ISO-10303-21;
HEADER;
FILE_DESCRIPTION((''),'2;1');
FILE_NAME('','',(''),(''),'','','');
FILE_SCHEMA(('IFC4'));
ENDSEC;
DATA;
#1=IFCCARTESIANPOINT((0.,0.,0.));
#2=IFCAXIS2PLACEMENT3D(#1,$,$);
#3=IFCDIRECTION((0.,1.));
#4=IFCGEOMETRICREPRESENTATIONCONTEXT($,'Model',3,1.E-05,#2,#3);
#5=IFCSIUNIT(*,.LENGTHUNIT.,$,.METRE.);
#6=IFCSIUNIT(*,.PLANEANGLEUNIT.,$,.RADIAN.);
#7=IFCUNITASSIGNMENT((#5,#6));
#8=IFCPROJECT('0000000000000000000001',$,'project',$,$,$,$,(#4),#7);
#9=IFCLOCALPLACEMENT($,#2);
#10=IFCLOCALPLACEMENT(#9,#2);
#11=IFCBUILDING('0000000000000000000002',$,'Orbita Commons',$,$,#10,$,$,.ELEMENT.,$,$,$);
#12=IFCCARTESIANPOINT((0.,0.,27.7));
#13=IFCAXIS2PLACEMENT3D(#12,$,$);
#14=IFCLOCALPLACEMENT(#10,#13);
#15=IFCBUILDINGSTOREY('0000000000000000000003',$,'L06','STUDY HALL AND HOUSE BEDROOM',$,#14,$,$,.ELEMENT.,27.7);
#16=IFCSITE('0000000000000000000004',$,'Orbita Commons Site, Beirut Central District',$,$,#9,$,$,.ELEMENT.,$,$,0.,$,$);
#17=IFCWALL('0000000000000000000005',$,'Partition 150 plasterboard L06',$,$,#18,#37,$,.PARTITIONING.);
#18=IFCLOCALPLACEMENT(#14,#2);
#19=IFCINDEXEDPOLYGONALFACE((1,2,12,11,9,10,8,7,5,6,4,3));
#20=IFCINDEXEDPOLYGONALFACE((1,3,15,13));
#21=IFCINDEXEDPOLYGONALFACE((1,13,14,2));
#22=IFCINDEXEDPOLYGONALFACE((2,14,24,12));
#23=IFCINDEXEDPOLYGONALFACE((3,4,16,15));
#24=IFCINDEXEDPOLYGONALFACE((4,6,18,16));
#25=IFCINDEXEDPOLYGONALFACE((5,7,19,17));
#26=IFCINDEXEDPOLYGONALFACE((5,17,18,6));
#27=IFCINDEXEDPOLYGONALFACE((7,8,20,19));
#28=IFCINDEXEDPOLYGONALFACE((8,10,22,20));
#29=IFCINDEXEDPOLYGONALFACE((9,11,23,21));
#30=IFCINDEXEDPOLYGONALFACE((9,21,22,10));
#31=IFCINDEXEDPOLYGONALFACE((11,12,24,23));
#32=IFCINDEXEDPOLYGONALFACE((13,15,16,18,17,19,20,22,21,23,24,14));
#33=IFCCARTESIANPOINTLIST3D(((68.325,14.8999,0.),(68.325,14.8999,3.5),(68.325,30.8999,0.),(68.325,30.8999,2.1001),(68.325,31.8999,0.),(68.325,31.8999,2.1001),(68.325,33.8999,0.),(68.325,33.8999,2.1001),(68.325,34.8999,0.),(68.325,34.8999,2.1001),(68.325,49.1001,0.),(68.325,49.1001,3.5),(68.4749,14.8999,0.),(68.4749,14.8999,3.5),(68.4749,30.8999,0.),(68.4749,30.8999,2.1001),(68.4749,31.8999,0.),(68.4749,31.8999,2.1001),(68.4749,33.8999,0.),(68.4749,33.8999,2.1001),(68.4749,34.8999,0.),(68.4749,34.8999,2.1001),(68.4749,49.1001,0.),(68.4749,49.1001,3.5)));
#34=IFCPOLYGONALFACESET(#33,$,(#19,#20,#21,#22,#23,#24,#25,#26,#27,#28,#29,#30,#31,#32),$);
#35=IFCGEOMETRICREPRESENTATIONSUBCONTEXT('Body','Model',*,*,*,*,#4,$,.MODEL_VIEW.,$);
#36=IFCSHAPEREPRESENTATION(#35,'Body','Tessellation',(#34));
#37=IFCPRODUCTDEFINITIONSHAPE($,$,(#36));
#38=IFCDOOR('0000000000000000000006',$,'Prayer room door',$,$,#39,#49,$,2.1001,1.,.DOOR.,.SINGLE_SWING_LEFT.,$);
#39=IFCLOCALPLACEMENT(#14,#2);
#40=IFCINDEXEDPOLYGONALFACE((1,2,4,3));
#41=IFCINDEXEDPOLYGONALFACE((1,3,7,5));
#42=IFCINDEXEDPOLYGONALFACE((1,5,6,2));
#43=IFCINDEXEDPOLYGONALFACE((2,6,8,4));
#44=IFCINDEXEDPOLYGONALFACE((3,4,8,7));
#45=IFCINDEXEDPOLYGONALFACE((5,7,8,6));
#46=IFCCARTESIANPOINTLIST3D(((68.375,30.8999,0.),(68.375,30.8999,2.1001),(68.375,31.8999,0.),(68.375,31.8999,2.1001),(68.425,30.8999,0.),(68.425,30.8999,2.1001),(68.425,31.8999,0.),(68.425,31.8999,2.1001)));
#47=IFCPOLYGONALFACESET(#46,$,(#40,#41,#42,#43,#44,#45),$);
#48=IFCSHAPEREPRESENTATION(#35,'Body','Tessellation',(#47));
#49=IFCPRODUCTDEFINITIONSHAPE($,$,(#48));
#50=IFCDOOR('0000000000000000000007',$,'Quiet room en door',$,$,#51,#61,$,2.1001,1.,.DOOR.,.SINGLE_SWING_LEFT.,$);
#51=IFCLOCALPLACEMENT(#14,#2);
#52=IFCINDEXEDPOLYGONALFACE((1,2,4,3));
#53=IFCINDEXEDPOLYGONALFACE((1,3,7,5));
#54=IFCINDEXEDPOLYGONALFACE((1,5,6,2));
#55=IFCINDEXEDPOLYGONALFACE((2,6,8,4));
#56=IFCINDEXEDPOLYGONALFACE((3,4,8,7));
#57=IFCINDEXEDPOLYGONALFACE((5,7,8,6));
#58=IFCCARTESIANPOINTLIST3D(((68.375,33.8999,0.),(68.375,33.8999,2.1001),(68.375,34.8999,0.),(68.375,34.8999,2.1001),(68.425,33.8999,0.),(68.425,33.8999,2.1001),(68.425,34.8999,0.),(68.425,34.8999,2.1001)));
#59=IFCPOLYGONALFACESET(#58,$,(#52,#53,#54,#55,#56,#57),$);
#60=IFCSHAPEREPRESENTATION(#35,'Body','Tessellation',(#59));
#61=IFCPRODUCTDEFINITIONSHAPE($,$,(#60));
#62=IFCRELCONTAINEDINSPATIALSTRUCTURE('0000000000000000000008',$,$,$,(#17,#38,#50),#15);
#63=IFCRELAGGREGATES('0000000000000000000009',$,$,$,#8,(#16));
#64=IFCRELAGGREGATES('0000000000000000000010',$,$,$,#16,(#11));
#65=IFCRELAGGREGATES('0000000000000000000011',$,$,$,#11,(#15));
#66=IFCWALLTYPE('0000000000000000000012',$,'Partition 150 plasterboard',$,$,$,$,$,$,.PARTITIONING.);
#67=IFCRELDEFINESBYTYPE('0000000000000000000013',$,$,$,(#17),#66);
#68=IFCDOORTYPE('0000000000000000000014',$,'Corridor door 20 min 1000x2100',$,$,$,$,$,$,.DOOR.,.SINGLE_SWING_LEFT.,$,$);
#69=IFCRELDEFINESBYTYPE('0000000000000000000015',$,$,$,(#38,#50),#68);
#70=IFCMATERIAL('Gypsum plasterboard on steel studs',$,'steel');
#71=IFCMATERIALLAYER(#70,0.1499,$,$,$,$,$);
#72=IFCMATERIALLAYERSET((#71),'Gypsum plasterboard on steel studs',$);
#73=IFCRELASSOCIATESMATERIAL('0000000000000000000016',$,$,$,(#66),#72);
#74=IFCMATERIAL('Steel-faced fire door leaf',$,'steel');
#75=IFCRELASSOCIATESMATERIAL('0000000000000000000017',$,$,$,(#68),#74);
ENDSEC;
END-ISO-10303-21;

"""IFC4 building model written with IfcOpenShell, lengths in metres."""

from ifc_helpers import new_model, si_unit, direction, frame, frame_2d, origin, place, context, subcontext, project, spatial, rectangle, extrude, material, layer, layer_set, type_object, element, fill, save


model = new_model("IFC4")

# Units and contexts
model_context = context("Model", 3, precision=1e-05, world=origin(), true_north=direction((0.0, 1.0)))
body_context = subcontext(model_context, "Body", "Model", "MODEL_VIEW")
ifc_project = project(units=[si_unit("LENGTHUNIT", "METRE"), si_unit("PLANEANGLEUNIT", "RADIAN")], contexts=[model_context])

# Site, building, storey
site_placement = place(None, origin())
site = spatial("IfcSite", under=ifc_project, at=site_placement, Name="Orbita Commons Site, Beirut Central District", CompositionType="ELEMENT", RefElevation=0.0)
building_placement = place(site_placement, origin())
building = spatial("IfcBuilding", under=site, at=building_placement, Name="Orbita Commons", CompositionType="ELEMENT")
storey_placement = place(building_placement, frame((0.0, 0.0, 27.7)))
storey = spatial("IfcBuildingStorey", under=building, at=storey_placement, Name="L06", Description="STUDY HALL AND HOUSE BEDROOM", CompositionType="ELEMENT", Elevation=27.7)

# Wall, openings, doors
ifc_material_1 = material(Name="Gypsum plasterboard on steel studs", Category="steel")
ifc_layer_1 = layer(ifc_material_1, 0.1499)
ifc_layer_set_1 = layer_set([ifc_layer_1], Name="Gypsum plasterboard on steel studs")
wall_type_1 = type_object("IfcWallType", Name="Partition 150 plasterboard", PredefinedType="PARTITIONING", material=ifc_layer_set_1)
wall_1_placement = place(storey_placement, frame((68.3999, 14.8999, 0.0), z_axis=(0.0, 0.0, 1.0), x_axis=(0.0, 1.0, 0.0)))
wall_1 = element("IfcWall", 1, at=wall_1_placement, inside=storey, type_object=wall_type_1, Name="Partition 150 plasterboard L06", PredefinedType="PARTITIONING", context=body_context, shape_type="SweptSolid", body=[
    extrude(rectangle(XDim=34.2002, YDim=0.1499, at=frame_2d((17.1001, 0.0))), origin(), (0.0, 0.0, 1.0), 3.5),
])
opening_1_placement = place(wall_1_placement, frame((16.0, 0.0, 0.0)))
opening_1 = element("IfcOpeningElement", 2, at=opening_1_placement, cuts=wall_1, PredefinedType="OPENING", context=body_context, shape_type="SweptSolid", body=[
    extrude(rectangle(XDim=1.0, YDim=2.1001, at=frame_2d((0.5, 1.05))), frame((0.0, 0.085, 0.0), z_axis=(0.0, -1.0, 0.0), x_axis=(1.0, 0.0, 0.0)), (0.0, 0.0, 1.0), 0.1699),
])
opening_2_placement = place(wall_1_placement, frame((19.0, 0.0, 0.0)))
opening_2 = element("IfcOpeningElement", 3, at=opening_2_placement, cuts=wall_1, PredefinedType="OPENING", context=body_context, shape_type="SweptSolid", body=[
    extrude(rectangle(XDim=1.0, YDim=2.1001, at=frame_2d((0.5, 1.05))), frame((0.0, 0.085, 0.0), z_axis=(0.0, -1.0, 0.0), x_axis=(1.0, 0.0, 0.0)), (0.0, 0.0, 1.0), 0.1699),
])
ifc_material_2 = material(Name="Steel-faced fire door leaf", Category="steel")
door_type_1 = type_object("IfcDoorType", Name="Corridor door 20 min 1000x2100", OperationType="SINGLE_SWING_LEFT", PredefinedType="DOOR", material=ifc_material_2)
door_1_placement = place(opening_1_placement, origin())
door_1 = element("IfcDoor", 4, at=door_1_placement, inside=storey, type_object=door_type_1, Name="Prayer room door", OperationType="SINGLE_SWING_LEFT", OverallHeight=2.1001, OverallWidth=1.0, PredefinedType="DOOR", context=body_context, shape_type="SweptSolid", body=[
    extrude(rectangle(XDim=1.0, YDim=2.1001, at=frame_2d((0.5, 1.05))), frame((0.0, 0.0249, 0.0), z_axis=(0.0, -1.0, 0.0), x_axis=(1.0, 0.0, 0.0)), (0.0, 0.0, 1.0), 0.05),
])
fill(opening_1, door_1)
door_2_placement = place(opening_2_placement, origin())
door_2 = element("IfcDoor", 5, at=door_2_placement, inside=storey, type_object=door_type_1, Name="Quiet room en door", OperationType="SINGLE_SWING_LEFT", OverallHeight=2.1001, OverallWidth=1.0, PredefinedType="DOOR", context=body_context, shape_type="SweptSolid", body=[
    extrude(rectangle(XDim=1.0, YDim=2.1001, at=frame_2d((0.5, 1.05))), frame((0.0, 0.0249, 0.0), z_axis=(0.0, -1.0, 0.0), x_axis=(1.0, 0.0, 0.0)), (0.0, 0.0, 1.0), 0.05),
])
fill(opening_2, door_2)

save(model, "model.ifc")
